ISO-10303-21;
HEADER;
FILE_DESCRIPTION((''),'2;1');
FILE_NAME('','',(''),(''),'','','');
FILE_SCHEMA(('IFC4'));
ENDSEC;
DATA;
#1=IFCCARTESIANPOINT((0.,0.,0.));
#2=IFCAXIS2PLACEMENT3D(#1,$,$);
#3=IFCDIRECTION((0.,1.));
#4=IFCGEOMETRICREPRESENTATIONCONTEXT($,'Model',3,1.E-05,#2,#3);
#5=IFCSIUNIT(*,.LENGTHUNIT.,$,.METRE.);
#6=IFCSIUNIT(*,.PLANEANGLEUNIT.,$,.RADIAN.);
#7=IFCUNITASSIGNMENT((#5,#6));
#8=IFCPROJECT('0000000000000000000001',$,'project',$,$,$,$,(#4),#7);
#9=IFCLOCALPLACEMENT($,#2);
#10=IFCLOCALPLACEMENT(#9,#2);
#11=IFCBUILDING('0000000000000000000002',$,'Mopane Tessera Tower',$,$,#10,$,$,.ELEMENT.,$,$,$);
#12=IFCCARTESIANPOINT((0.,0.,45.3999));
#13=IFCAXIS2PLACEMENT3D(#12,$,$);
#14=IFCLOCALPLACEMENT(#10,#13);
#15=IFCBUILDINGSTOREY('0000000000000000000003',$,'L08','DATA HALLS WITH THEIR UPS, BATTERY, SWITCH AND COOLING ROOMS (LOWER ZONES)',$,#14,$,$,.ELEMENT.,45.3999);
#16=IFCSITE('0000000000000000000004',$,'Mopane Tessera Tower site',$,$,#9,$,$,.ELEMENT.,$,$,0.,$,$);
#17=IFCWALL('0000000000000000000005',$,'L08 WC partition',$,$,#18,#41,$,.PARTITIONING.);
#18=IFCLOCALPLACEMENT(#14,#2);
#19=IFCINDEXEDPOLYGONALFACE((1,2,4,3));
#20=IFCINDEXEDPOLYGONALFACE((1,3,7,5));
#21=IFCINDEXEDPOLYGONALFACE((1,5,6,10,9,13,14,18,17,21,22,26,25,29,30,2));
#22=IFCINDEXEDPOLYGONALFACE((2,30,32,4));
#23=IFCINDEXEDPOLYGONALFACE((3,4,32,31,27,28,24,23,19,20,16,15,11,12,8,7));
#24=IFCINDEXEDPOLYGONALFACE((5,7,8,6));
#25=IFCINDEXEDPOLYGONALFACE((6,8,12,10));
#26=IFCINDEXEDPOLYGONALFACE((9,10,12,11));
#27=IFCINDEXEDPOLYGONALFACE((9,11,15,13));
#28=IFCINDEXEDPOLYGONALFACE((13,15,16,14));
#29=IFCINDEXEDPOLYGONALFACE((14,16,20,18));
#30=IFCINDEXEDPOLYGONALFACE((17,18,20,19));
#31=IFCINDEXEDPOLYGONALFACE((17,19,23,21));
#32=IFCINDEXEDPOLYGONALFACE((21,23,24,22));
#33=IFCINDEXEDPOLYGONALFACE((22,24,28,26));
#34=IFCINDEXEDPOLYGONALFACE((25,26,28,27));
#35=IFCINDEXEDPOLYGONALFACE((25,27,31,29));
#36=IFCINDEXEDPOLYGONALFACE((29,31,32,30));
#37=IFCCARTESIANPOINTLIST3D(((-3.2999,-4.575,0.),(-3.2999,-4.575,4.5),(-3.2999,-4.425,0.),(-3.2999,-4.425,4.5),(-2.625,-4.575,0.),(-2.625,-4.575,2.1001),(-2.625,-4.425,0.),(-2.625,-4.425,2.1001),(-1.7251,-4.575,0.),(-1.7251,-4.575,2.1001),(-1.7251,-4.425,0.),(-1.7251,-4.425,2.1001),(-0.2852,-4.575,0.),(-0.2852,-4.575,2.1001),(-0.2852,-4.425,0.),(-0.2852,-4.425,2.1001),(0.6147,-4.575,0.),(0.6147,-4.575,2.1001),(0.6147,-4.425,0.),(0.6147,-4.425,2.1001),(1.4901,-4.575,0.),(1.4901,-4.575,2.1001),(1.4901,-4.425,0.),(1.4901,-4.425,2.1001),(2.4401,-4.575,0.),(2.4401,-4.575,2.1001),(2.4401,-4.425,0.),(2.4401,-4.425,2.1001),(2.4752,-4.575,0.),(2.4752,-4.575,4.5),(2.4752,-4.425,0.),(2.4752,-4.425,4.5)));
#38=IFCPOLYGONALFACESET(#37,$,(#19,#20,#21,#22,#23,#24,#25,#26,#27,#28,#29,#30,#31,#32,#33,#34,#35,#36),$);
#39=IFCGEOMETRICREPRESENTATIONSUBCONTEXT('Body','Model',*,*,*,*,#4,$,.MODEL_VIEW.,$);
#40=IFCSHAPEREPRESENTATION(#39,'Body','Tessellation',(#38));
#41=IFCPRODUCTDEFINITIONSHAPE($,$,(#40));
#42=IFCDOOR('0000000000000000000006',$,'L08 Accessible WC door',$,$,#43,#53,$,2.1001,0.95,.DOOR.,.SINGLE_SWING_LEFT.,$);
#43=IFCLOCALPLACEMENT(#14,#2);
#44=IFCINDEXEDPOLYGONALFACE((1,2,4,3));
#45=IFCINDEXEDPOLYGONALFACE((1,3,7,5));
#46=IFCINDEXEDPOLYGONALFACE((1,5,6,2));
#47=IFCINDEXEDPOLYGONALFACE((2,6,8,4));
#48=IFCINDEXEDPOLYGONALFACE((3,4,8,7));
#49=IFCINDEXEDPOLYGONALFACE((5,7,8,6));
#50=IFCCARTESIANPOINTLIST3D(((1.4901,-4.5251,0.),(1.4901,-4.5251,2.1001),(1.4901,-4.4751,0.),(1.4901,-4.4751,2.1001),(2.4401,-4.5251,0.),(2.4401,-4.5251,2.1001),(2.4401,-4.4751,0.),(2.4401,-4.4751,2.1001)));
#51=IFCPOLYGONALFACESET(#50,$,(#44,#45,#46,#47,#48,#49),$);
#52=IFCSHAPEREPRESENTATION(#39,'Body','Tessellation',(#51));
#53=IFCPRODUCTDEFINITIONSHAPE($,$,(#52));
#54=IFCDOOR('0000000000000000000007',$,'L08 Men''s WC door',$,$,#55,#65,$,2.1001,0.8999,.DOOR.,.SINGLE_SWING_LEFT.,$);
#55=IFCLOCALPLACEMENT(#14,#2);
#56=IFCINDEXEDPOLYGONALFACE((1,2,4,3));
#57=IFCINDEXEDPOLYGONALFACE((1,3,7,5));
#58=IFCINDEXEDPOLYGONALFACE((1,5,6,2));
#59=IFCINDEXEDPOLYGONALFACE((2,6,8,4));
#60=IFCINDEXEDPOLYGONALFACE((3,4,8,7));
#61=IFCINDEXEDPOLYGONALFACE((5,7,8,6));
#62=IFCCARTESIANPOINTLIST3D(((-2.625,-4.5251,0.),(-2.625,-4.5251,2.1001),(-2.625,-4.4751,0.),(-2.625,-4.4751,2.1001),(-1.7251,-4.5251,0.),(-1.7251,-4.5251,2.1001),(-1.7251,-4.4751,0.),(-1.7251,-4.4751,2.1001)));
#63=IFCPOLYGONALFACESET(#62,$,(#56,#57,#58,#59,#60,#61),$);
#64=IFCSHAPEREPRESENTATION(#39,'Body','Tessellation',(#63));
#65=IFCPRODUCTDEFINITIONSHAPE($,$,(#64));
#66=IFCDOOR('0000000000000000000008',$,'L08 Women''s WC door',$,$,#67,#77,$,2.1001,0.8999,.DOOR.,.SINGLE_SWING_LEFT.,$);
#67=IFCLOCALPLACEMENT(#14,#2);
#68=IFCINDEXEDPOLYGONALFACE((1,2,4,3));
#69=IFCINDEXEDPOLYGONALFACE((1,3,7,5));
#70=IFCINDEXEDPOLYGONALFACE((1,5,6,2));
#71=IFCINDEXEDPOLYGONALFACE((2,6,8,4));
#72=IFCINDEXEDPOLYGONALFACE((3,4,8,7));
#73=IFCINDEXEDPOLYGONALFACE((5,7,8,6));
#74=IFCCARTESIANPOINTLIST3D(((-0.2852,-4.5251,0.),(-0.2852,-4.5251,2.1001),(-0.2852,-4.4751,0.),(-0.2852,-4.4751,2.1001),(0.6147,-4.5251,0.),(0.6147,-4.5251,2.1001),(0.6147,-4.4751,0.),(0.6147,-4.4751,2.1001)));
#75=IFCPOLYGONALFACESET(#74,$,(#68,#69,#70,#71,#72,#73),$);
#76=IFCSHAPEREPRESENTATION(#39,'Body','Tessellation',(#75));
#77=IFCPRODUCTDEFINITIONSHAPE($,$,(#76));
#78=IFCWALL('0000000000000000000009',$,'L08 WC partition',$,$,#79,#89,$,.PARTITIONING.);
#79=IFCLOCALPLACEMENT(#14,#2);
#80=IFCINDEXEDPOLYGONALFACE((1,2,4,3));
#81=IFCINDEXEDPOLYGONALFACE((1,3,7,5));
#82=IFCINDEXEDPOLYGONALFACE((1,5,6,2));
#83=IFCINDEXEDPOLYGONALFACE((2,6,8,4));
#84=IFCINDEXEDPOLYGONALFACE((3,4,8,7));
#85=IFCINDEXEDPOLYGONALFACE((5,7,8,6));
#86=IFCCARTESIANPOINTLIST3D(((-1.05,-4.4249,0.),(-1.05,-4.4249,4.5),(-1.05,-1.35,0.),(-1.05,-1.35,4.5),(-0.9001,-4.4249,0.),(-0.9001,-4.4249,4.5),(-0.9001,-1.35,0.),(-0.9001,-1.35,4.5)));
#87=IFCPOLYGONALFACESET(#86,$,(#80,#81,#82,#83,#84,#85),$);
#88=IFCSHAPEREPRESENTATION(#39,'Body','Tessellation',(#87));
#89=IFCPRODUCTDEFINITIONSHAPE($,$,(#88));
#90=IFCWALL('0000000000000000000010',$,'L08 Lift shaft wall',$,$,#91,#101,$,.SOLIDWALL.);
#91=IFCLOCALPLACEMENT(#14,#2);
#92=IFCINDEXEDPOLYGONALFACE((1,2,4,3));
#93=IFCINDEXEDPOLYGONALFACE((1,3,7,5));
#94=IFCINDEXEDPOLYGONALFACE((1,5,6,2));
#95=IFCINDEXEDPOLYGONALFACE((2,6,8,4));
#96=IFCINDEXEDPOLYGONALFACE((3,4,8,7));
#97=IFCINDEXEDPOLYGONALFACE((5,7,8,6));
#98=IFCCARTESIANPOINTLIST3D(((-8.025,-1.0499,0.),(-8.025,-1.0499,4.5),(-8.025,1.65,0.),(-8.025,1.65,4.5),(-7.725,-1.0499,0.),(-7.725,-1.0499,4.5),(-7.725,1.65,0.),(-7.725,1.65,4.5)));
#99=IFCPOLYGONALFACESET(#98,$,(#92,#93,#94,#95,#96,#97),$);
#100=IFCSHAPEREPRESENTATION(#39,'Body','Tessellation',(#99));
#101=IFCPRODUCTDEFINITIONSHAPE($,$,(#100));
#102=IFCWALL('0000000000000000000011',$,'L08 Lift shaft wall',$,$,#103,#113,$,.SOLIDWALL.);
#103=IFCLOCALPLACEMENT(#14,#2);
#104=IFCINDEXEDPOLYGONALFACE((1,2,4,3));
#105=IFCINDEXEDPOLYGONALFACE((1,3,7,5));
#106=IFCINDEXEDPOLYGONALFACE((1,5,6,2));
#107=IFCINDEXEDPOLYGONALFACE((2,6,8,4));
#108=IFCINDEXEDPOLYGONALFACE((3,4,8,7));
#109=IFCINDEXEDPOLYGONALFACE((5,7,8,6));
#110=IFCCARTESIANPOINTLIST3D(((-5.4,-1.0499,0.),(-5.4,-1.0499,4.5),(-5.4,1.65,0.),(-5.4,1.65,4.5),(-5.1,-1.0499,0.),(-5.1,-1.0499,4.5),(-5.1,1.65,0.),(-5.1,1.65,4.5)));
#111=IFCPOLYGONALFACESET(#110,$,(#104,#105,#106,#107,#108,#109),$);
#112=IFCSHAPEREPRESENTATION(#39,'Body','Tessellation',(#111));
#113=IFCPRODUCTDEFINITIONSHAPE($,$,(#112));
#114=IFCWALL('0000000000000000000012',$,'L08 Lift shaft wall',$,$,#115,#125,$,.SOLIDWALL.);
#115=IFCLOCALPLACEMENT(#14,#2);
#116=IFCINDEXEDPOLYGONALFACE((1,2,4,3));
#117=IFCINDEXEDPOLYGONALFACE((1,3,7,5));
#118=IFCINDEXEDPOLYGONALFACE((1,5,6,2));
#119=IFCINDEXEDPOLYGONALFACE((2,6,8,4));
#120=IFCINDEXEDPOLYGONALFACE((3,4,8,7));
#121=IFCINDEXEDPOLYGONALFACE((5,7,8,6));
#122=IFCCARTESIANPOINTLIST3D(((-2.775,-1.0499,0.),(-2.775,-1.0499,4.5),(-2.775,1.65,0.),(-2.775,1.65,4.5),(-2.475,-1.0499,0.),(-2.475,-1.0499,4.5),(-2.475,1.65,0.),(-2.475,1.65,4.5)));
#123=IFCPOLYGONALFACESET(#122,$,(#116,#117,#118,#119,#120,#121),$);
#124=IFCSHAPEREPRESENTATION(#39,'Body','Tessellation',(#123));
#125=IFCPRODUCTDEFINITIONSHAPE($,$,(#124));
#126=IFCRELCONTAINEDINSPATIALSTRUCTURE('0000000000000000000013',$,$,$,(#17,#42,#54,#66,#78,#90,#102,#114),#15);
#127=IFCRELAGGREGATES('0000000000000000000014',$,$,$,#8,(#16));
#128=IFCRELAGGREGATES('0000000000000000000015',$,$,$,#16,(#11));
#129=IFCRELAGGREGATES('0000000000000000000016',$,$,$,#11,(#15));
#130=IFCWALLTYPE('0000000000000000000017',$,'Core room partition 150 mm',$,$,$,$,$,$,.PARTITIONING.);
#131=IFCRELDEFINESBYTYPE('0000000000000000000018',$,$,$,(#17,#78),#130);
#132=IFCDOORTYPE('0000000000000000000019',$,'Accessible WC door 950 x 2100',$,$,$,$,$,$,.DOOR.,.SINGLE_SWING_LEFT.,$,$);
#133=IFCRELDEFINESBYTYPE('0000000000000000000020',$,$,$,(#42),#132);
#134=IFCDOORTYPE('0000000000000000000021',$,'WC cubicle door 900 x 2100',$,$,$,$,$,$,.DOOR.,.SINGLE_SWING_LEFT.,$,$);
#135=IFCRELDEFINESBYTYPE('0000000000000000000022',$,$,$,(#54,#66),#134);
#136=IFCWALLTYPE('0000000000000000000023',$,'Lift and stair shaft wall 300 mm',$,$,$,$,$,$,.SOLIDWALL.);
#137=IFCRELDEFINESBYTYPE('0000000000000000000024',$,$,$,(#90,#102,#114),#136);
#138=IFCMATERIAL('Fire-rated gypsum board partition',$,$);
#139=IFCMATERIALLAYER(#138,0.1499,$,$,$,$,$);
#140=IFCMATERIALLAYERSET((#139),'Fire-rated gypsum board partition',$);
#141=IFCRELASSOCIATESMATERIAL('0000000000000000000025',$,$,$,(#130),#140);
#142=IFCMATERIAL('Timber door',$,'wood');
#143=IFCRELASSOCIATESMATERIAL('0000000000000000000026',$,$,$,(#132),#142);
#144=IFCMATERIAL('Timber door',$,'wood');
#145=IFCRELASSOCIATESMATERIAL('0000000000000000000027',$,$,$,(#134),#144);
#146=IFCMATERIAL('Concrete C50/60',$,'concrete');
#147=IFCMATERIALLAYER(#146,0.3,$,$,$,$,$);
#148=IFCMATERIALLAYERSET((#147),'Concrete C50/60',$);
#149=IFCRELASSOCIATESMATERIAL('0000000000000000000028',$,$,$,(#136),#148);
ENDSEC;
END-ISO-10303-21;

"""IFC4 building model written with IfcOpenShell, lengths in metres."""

from ifc_helpers import new_model, si_unit, direction, frame, frame_2d, origin, place, context, subcontext, project, spatial, rectangle, extrude, material, layer, layer_set, type_object, element, fill, save


model = new_model("IFC4")

# Units and contexts
model_context = context("Model", 3, precision=1e-05, world=origin(), true_north=direction((0.0, 1.0)))
body_context = subcontext(model_context, "Body", "Model", "MODEL_VIEW")
ifc_project = project(units=[si_unit("LENGTHUNIT", "METRE"), si_unit("PLANEANGLEUNIT", "RADIAN")], contexts=[model_context])

# Site, building, storey
site_placement = place(None, origin())
site = spatial("IfcSite", under=ifc_project, at=site_placement, Name="Mopane Tessera Tower site", CompositionType="ELEMENT", RefElevation=0.0)
building_placement = place(site_placement, origin())
building = spatial("IfcBuilding", under=site, at=building_placement, Name="Mopane Tessera Tower", CompositionType="ELEMENT")
storey_placement = place(building_placement, frame((0.0, 0.0, 45.3999)))
storey = spatial("IfcBuildingStorey", under=building, at=storey_placement, Name="L08", Description="DATA HALLS WITH THEIR UPS, BATTERY, SWITCH AND COOLING ROOMS (LOWER ZONES)", CompositionType="ELEMENT", Elevation=45.3999)

# Shared definitions
ifc_material_1 = material(Name="Fire-rated gypsum board partition")
ifc_layer_1 = layer(ifc_material_1, 0.1499)
ifc_layer_set_1 = layer_set([ifc_layer_1], Name="Fire-rated gypsum board partition")
wall_type_1 = type_object("IfcWallType", Name="Core room partition 150 mm", PredefinedType="PARTITIONING", material=ifc_layer_set_1)

# Wall, openings, doors
wall_1_placement = place(storey_placement, frame((-3.3, -4.5, 0.0), z_axis=(0.0, 0.0, 1.0), x_axis=(1.0, 0.0, 0.0)))
wall_1 = element("IfcWall", 1, at=wall_1_placement, inside=storey, type_object=wall_type_1, Name="L08 WC partition", PredefinedType="PARTITIONING", context=body_context, shape_type="SweptSolid", body=[
    extrude(rectangle(XDim=5.7751, YDim=0.1499, at=frame_2d((2.8877, 0.0))), origin(), (0.0, 0.0, 1.0), 4.5),
])
opening_1_placement = place(wall_1_placement, frame((0.675, 0.0, 0.0)))
opening_1 = element("IfcOpeningElement", 2, at=opening_1_placement, cuts=wall_1, PredefinedType="OPENING", context=body_context, shape_type="SweptSolid", body=[
    extrude(rectangle(XDim=0.8999, YDim=2.1001, at=frame_2d((0.45, 1.05))), frame((0.0, 0.0869, 0.0), z_axis=(0.0, -1.0, 0.0), x_axis=(1.0, 0.0, 0.0)), (0.0, 0.0, 1.0), 0.1738),
])
opening_2_placement = place(wall_1_placement, frame((3.0149, 0.0, 0.0)))
opening_2 = element("IfcOpeningElement", 3, at=opening_2_placement, cuts=wall_1, PredefinedType="OPENING", context=body_context, shape_type="SweptSolid", body=[
    extrude(rectangle(XDim=0.8999, YDim=2.1001, at=frame_2d((0.45, 1.05))), frame((0.0, 0.0869, 0.0), z_axis=(0.0, -1.0, 0.0), x_axis=(1.0, 0.0, 0.0)), (0.0, 0.0, 1.0), 0.1738),
])
opening_3_placement = place(wall_1_placement, frame((4.79, 0.0, 0.0)))
opening_3 = element("IfcOpeningElement", 4, at=opening_3_placement, cuts=wall_1, PredefinedType="OPENING", context=body_context, shape_type="SweptSolid", body=[
    extrude(rectangle(XDim=0.95, YDim=2.1001, at=frame_2d((0.4751, 1.05))), frame((0.0, 0.0869, 0.0), z_axis=(0.0, -1.0, 0.0), x_axis=(1.0, 0.0, 0.0)), (0.0, 0.0, 1.0), 0.1738),
])
ifc_material_2 = material(Name="Timber door", Category="wood")
door_type_1 = type_object("IfcDoorType", Name="Accessible WC door 950 x 2100", OperationType="SINGLE_SWING_LEFT", PredefinedType="DOOR", material=ifc_material_2)
door_1_placement = place(opening_3_placement, origin())
door_1 = element("IfcDoor", 5, at=door_1_placement, inside=storey, type_object=door_type_1, Name="L08 Accessible WC door", OperationType="SINGLE_SWING_LEFT", OverallHeight=2.1001, OverallWidth=0.95, PredefinedType="DOOR", context=body_context, shape_type="SweptSolid", body=[
    extrude(rectangle(XDim=0.95, YDim=2.1001, at=frame_2d((0.4751, 1.05))), frame((0.0, 0.0249, 0.0), z_axis=(0.0, -1.0, 0.0), x_axis=(1.0, 0.0, 0.0)), (0.0, 0.0, 1.0), 0.05),
])
fill(opening_3, door_1)
ifc_material_3 = material(Name="Timber door", Category="wood")
door_type_2 = type_object("IfcDoorType", Name="WC cubicle door 900 x 2100", OperationType="SINGLE_SWING_LEFT", PredefinedType="DOOR", material=ifc_material_3)
door_2_placement = place(opening_1_placement, origin())
door_2 = element("IfcDoor", 6, at=door_2_placement, inside=storey, type_object=door_type_2, Name="L08 Men's WC door", OperationType="SINGLE_SWING_LEFT", OverallHeight=2.1001, OverallWidth=0.8999, PredefinedType="DOOR", context=body_context, shape_type="SweptSolid", body=[
    extrude(rectangle(XDim=0.8999, YDim=2.1001, at=frame_2d((0.45, 1.05))), frame((0.0, 0.0249, 0.0), z_axis=(0.0, -1.0, 0.0), x_axis=(1.0, 0.0, 0.0)), (0.0, 0.0, 1.0), 0.05),
])
fill(opening_1, door_2)
door_3_placement = place(opening_2_placement, origin())
door_3 = element("IfcDoor", 7, at=door_3_placement, inside=storey, type_object=door_type_2, Name="L08 Women's WC door", OperationType="SINGLE_SWING_LEFT", OverallHeight=2.1001, OverallWidth=0.8999, PredefinedType="DOOR", context=body_context, shape_type="SweptSolid", body=[
    extrude(rectangle(XDim=0.8999, YDim=2.1001, at=frame_2d((0.45, 1.05))), frame((0.0, 0.0249, 0.0), z_axis=(0.0, -1.0, 0.0), x_axis=(1.0, 0.0, 0.0)), (0.0, 0.0, 1.0), 0.05),
])
fill(opening_2, door_3)

# Walls
wall_2_placement = place(storey_placement, frame((-0.9751, -4.425, 0.0), z_axis=(0.0, 0.0, 1.0), x_axis=(0.0, 1.0, 0.0)))
element("IfcWall", 8, at=wall_2_placement, inside=storey, type_object=wall_type_1, Name="L08 WC partition", PredefinedType="PARTITIONING", context=body_context, shape_type="SweptSolid", body=[
    extrude(rectangle(XDim=3.075, YDim=0.1499, at=frame_2d((1.5376, 0.0))), origin(), (0.0, 0.0, 1.0), 4.5),
])
ifc_material_4 = material(Name="Concrete C50/60", Category="concrete")
ifc_layer_2 = layer(ifc_material_4, 0.3)
ifc_layer_set_2 = layer_set([ifc_layer_2], Name="Concrete C50/60")
wall_type_2 = type_object("IfcWallType", Name="Lift and stair shaft wall 300 mm", PredefinedType="SOLIDWALL", material=ifc_layer_set_2)
for number, where, z_axis, x_axis, name in (
    (9, (-7.875, -1.05, 0.0), (0.0, 0.0, 1.0), (0.0, 1.0, 0.0), "L08 Lift shaft wall"),
    (10, (-5.25, -1.05, 0.0), (0.0, 0.0, 1.0), (0.0, 1.0, 0.0), "L08 Lift shaft wall"),
    (11, (-2.625, -1.05, 0.0), (0.0, 0.0, 1.0), (0.0, 1.0, 0.0), "L08 Lift shaft wall"),
):
    element("IfcWall", number, at=place(storey_placement, frame(where, z_axis=z_axis, x_axis=x_axis)), inside=storey, type_object=wall_type_2, Name=name, PredefinedType="SOLIDWALL", context=body_context, shape_type="SweptSolid", body=[
        extrude(rectangle(XDim=2.7, YDim=0.3, at=frame_2d((1.3501, 0.0))), origin(), (0.0, 0.0, 1.0), 4.5),
    ])

save(model, "model.ifc")
